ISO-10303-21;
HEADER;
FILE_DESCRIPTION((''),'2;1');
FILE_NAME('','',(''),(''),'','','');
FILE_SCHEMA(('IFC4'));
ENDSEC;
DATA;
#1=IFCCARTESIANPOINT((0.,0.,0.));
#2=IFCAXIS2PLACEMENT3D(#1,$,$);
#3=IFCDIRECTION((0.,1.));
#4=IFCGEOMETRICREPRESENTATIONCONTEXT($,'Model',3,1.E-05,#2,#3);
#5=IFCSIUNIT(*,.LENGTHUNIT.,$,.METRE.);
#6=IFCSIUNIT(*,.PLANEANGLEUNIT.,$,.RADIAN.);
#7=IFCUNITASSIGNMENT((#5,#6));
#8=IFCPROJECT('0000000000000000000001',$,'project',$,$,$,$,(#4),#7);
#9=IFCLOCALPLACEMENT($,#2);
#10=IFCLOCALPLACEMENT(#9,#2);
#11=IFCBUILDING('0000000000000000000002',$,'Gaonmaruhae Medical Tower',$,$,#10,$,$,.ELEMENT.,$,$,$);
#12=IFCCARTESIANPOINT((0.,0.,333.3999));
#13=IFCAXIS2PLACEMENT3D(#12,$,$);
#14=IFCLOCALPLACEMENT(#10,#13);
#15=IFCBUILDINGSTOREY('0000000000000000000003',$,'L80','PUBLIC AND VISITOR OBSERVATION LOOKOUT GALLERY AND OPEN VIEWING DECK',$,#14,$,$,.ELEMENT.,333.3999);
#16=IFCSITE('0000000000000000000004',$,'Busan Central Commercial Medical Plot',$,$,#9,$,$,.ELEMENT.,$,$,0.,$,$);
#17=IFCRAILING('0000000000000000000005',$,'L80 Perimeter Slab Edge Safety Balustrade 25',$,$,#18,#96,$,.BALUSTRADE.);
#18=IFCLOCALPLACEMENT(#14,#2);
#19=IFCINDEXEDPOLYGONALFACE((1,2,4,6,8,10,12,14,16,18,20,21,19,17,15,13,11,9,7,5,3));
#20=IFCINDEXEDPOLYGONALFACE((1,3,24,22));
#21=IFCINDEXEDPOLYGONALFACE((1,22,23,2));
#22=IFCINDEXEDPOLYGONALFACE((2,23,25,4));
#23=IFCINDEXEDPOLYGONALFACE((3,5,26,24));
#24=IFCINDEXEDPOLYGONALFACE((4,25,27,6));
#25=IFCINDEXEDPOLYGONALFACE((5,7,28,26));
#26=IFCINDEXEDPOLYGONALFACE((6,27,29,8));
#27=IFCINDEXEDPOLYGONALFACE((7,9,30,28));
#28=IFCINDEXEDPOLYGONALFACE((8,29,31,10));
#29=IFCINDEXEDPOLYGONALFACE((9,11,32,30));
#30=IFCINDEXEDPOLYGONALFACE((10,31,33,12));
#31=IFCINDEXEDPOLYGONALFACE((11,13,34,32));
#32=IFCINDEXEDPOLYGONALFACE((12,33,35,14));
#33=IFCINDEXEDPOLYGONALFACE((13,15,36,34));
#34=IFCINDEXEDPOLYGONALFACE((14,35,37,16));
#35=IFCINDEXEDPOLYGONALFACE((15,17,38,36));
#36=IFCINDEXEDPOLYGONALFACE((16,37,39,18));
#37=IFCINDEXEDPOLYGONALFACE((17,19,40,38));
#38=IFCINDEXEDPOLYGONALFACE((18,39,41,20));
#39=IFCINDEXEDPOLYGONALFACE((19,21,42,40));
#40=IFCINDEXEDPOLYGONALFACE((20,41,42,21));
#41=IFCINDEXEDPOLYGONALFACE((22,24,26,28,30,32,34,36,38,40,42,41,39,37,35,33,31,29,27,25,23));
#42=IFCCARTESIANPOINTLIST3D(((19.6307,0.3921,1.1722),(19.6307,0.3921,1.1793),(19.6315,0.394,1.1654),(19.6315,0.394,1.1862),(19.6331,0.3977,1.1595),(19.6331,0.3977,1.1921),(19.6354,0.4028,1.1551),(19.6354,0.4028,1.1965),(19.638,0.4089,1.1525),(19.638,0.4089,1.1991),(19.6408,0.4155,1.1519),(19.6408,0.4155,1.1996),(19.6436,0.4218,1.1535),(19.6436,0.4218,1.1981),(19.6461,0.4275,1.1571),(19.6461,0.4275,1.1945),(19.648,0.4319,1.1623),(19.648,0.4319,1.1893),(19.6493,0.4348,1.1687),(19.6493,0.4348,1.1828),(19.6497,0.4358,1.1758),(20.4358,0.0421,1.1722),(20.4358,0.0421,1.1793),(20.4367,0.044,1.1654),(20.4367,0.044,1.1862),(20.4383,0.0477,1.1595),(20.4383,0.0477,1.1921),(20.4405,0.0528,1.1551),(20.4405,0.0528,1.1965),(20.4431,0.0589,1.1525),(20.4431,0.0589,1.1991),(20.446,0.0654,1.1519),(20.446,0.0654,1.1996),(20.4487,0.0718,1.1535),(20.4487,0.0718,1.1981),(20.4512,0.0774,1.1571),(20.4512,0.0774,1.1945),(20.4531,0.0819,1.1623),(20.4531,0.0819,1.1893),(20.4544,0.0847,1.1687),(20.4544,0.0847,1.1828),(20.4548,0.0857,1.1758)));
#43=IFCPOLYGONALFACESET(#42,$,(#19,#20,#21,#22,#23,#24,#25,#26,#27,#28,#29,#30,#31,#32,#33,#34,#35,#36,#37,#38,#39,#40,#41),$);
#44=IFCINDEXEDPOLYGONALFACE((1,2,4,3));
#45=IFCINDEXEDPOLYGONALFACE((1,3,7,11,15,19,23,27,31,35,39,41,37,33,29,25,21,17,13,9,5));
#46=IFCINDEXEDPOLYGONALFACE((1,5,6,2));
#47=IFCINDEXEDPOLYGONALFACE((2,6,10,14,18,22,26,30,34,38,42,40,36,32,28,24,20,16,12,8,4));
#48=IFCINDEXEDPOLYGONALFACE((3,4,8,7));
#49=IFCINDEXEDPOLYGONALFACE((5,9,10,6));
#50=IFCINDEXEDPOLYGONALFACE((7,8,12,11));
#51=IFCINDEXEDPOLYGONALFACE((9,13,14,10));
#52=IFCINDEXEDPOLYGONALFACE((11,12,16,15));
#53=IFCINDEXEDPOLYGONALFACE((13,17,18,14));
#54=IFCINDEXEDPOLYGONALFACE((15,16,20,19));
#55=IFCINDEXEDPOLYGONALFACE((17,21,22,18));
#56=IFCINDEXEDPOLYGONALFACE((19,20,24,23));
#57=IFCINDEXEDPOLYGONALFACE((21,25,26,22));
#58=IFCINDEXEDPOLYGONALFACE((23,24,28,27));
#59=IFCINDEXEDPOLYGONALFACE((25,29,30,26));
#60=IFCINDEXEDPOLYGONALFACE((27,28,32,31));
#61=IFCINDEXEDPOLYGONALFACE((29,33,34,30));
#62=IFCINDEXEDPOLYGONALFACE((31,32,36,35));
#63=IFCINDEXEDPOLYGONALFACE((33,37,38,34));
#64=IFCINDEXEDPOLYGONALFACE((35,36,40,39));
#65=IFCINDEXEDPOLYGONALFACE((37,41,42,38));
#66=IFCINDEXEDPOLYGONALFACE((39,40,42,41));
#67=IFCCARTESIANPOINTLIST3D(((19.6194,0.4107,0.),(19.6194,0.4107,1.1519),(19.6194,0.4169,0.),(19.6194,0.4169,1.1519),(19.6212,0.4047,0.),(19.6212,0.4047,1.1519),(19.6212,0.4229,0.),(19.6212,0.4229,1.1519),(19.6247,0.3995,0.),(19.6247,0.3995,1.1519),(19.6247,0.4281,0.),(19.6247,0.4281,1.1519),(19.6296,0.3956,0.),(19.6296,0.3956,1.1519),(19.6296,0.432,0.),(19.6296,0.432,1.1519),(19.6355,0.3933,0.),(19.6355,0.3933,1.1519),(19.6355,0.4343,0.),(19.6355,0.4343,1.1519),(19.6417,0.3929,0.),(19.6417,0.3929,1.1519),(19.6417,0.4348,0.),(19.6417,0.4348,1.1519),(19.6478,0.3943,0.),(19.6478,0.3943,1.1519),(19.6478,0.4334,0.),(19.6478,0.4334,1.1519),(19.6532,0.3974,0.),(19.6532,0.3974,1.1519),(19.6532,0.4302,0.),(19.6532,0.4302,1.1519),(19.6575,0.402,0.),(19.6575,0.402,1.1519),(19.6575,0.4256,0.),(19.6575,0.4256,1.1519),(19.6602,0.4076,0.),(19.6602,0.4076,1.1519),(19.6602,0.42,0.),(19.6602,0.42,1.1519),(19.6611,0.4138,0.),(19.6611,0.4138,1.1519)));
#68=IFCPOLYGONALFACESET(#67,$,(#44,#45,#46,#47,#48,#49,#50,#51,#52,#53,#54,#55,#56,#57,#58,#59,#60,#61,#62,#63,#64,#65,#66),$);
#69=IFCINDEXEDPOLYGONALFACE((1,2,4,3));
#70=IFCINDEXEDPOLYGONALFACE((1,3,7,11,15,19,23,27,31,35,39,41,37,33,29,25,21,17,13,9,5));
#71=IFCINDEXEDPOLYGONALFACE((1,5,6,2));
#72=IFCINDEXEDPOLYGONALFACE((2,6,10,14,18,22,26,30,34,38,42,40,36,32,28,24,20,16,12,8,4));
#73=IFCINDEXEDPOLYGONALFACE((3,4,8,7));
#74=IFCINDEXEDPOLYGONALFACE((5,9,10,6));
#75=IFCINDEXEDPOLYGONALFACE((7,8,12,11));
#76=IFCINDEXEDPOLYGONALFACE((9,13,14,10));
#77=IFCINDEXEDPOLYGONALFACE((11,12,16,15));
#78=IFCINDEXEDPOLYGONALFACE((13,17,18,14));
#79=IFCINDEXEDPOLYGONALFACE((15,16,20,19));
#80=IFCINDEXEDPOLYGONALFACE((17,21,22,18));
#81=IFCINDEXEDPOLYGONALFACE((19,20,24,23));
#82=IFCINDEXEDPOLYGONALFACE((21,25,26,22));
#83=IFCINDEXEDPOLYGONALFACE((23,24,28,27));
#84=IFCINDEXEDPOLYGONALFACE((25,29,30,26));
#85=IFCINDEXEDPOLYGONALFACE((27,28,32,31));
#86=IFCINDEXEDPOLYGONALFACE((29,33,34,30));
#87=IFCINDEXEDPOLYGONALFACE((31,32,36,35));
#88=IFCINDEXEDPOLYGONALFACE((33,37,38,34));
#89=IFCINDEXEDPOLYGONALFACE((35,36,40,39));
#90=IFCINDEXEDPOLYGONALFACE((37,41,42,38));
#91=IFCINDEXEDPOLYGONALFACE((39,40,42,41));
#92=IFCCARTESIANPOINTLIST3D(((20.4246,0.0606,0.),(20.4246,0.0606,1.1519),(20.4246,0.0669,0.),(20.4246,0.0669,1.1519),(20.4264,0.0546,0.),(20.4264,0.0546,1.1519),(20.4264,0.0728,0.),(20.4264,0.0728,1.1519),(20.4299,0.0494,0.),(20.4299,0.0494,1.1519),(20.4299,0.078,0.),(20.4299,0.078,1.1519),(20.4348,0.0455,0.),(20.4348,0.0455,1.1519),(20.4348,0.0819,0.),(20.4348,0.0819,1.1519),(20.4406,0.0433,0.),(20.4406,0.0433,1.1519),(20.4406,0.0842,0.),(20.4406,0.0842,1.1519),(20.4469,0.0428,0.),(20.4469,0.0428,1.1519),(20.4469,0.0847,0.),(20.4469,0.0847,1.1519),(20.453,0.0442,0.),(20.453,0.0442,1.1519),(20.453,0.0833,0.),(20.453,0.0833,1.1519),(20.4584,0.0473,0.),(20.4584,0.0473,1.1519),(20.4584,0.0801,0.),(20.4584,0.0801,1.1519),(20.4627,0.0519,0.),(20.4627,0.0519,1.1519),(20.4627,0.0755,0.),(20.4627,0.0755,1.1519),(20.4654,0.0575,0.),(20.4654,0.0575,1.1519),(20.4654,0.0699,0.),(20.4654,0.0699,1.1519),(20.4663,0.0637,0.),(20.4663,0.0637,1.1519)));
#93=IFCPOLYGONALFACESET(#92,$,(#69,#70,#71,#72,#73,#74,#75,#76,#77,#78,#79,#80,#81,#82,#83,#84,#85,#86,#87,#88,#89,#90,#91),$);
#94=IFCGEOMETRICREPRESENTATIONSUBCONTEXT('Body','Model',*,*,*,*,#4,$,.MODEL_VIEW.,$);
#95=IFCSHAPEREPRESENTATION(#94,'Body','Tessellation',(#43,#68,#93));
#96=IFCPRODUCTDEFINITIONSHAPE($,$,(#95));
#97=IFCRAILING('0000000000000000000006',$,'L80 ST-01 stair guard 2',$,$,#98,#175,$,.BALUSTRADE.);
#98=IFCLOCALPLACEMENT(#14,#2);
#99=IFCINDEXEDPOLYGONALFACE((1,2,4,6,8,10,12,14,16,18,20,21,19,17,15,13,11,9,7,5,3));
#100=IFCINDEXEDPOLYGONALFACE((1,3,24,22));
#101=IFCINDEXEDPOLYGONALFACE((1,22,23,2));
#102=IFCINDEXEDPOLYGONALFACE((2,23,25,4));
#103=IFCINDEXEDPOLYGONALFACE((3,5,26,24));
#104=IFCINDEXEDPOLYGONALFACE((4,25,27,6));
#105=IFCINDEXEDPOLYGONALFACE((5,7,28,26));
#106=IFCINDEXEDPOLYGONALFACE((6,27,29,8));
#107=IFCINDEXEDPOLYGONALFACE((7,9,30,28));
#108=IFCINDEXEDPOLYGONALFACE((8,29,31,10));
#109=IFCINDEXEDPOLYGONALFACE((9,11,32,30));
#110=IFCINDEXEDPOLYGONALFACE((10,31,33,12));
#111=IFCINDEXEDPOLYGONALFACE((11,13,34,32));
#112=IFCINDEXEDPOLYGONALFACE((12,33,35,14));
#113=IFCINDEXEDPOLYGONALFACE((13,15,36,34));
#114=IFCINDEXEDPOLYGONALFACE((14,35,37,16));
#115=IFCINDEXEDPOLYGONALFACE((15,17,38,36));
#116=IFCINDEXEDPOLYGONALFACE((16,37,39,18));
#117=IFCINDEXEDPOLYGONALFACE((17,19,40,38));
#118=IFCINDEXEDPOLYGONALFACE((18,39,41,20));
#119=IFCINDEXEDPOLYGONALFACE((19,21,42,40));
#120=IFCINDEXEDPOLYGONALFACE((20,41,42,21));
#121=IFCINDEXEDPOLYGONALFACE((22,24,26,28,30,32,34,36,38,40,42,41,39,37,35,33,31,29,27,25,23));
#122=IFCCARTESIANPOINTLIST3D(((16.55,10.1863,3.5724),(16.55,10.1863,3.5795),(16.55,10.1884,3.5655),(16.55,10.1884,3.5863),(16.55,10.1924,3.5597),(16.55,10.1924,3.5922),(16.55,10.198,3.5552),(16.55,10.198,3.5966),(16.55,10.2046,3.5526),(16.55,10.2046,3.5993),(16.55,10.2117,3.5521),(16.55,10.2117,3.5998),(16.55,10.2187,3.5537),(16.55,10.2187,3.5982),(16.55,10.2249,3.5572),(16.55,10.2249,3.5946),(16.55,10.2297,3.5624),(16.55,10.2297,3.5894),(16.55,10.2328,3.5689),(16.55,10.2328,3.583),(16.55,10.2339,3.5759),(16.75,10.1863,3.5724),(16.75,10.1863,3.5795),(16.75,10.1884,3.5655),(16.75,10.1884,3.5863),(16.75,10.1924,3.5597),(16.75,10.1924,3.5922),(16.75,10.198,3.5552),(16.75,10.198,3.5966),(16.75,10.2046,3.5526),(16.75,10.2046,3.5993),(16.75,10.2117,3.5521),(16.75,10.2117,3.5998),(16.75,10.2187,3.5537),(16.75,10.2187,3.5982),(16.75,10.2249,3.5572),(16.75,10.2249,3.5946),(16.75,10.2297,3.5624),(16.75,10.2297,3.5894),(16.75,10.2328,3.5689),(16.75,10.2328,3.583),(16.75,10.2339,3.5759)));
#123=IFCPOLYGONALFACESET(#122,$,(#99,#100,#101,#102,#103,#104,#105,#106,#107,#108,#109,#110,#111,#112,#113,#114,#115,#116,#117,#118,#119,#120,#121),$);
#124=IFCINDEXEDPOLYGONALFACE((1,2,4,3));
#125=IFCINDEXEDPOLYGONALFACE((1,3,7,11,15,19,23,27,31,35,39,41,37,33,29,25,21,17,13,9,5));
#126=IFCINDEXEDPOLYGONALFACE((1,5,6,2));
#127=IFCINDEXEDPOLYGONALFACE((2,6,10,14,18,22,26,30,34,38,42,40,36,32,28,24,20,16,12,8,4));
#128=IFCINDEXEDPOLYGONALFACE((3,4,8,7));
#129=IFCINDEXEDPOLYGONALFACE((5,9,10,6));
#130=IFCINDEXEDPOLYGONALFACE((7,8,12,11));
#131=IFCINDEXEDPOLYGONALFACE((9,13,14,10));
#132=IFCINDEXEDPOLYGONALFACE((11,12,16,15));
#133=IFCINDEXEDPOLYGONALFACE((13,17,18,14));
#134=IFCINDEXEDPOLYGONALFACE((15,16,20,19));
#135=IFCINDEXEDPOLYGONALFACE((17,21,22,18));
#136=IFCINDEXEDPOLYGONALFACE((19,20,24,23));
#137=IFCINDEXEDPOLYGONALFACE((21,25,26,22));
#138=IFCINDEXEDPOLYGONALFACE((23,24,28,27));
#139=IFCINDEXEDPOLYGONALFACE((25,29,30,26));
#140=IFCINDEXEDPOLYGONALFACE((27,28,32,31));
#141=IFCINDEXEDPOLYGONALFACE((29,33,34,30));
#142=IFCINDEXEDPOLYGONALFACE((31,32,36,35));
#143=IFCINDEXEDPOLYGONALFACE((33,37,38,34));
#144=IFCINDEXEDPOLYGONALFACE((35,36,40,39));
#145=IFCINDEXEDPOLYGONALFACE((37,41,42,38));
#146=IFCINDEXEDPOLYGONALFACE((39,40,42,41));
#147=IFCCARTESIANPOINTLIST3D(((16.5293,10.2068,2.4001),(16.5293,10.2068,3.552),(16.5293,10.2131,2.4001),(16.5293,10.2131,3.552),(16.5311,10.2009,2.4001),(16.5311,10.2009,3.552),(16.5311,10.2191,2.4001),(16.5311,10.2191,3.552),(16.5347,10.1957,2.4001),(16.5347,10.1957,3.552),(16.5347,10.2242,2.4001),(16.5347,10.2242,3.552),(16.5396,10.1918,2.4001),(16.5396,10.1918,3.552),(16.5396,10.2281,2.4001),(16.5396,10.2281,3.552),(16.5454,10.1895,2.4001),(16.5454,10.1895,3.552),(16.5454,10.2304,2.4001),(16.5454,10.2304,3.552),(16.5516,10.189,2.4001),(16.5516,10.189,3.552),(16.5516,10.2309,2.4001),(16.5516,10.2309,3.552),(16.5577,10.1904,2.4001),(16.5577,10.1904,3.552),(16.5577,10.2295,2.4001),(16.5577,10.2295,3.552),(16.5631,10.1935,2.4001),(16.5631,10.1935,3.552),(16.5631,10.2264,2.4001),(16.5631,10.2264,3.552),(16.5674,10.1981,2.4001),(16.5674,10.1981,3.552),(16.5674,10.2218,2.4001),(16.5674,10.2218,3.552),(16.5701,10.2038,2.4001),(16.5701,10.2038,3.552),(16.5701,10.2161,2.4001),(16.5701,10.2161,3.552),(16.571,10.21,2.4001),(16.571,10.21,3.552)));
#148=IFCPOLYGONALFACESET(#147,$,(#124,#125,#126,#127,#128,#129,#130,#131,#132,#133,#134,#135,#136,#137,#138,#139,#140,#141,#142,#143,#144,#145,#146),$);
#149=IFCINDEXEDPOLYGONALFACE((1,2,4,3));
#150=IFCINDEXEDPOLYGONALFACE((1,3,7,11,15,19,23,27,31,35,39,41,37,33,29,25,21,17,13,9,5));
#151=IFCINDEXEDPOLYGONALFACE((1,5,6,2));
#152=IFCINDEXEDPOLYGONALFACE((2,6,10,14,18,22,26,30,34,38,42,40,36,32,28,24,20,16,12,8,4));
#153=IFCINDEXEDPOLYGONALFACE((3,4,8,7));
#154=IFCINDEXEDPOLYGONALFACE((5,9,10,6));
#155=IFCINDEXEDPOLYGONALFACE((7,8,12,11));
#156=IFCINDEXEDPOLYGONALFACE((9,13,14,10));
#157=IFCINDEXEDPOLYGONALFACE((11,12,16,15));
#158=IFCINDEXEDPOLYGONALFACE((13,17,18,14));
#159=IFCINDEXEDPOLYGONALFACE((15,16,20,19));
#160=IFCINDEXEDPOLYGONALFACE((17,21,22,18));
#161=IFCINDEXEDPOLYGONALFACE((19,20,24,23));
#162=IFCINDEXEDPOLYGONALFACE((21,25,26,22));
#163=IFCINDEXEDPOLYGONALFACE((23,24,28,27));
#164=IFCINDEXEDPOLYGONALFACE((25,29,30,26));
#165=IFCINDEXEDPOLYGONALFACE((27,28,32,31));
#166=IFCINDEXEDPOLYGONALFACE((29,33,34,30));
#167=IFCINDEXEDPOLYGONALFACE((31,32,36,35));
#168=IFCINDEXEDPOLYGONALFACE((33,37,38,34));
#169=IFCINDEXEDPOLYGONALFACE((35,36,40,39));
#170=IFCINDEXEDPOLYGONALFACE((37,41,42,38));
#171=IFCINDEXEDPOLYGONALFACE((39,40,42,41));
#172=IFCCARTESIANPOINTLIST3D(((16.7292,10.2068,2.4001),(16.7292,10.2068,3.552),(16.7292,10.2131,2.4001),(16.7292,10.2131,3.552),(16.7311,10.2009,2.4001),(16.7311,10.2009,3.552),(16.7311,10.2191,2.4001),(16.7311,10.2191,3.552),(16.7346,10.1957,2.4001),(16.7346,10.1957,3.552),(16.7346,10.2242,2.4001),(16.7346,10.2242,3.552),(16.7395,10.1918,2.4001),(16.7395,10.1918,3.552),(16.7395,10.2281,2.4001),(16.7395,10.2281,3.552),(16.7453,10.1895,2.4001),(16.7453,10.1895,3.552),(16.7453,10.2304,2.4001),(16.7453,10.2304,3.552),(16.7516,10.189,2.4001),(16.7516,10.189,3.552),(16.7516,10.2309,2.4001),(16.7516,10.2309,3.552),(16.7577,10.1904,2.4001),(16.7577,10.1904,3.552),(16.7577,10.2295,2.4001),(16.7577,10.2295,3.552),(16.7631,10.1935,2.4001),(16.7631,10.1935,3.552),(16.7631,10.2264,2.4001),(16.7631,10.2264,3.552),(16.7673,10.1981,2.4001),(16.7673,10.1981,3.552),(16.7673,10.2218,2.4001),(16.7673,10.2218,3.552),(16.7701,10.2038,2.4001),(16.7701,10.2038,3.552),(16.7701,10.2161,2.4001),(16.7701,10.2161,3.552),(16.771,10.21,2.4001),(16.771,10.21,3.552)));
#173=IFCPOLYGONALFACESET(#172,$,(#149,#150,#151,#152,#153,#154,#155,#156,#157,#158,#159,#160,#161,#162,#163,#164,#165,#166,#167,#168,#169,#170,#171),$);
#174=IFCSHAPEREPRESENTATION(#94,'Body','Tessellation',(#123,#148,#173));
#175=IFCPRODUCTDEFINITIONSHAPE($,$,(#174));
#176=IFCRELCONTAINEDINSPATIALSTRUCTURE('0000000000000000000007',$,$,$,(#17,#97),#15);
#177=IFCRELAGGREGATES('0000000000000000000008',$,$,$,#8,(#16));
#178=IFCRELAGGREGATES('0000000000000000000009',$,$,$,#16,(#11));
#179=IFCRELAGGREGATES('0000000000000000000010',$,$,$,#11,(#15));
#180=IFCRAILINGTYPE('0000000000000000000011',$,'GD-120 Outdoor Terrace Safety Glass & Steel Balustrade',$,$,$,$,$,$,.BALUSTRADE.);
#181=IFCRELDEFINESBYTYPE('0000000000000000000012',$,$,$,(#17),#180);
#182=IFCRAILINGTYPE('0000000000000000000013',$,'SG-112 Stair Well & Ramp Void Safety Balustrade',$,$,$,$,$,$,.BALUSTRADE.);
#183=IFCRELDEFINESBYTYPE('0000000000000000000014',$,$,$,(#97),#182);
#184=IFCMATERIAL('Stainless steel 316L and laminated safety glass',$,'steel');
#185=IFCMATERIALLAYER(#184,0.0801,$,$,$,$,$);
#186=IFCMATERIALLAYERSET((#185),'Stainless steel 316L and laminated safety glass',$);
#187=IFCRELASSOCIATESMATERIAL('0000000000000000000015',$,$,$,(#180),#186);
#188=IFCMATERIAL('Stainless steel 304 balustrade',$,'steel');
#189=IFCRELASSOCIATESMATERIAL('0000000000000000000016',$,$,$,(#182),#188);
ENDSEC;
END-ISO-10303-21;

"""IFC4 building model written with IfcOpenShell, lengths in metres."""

from ifc_helpers import new_model, si_unit, direction, frame, origin, origin_2d, place, context, subcontext, project, spatial, circle, extrude, material, layer, layer_set, type_object, element, save


model = new_model("IFC4")

# Units and contexts
model_context = context("Model", 3, precision=1e-05, world=origin(), true_north=direction((0.0, 1.0)))
body_context = subcontext(model_context, "Body", "Model", "MODEL_VIEW")
ifc_project = project(units=[si_unit("LENGTHUNIT", "METRE"), si_unit("PLANEANGLEUNIT", "RADIAN")], contexts=[model_context])

# Site, building, storey
site_placement = place(None, origin())
site = spatial("IfcSite", under=ifc_project, at=site_placement, Name="Busan Central Commercial Medical Plot", CompositionType="ELEMENT", RefElevation=0.0)
building_placement = place(site_placement, origin())
building = spatial("IfcBuilding", under=site, at=building_placement, Name="Gaonmaruhae Medical Tower", CompositionType="ELEMENT")
storey_placement = place(building_placement, frame((0.0, 0.0, 333.3999)))
storey = spatial("IfcBuildingStorey", under=building, at=storey_placement, Name="L80", Description="PUBLIC AND VISITOR OBSERVATION LOOKOUT GALLERY AND OPEN VIEWING DECK", CompositionType="ELEMENT", Elevation=333.3999)

# Railings
ifc_material_1 = material(Name="Stainless steel 316L and laminated safety glass", Category="steel")
ifc_layer_1 = layer(ifc_material_1, 0.0801)
ifc_layer_set_1 = layer_set([ifc_layer_1], Name="Stainless steel 316L and laminated safety glass")
railing_type_1 = type_object("IfcRailingType", Name="GD-120 Outdoor Terrace Safety Glass & Steel Balustrade", PredefinedType="BALUSTRADE", material=ifc_layer_set_1)
for number, where, name in (
    (1, (19.6401, 0.4138, 0.0), "L80 Perimeter Slab Edge Safety Balustrade 25"),
):
    element("IfcRailing", number, at=place(storey_placement, frame(where)), inside=storey, type_object=railing_type_1, Name=name, PredefinedType="BALUSTRADE", context=body_context, shape_type="SweptSolid", body=[
        extrude(circle(Radius=0.0239, at=origin_2d()), frame((0.0, 0.0, 1.1758), z_axis=(0.917061, -0.398746, 0.0), x_axis=(0.398746, 0.917061, 0.0)), (0.0, 0.0, 1.0), 0.8779),
        extrude(circle(Radius=0.021, at=origin_2d()), origin(), (0.0, 0.0, 1.0), 1.1519),
        extrude(circle(Radius=0.021, at=origin_2d()), frame((0.8052, -0.3501, 0.0)), (0.0, 0.0, 1.0), 1.1519),
    ])
ifc_material_2 = material(Name="Stainless steel 304 balustrade", Category="steel")
railing_type_2 = type_object("IfcRailingType", Name="SG-112 Stair Well & Ramp Void Safety Balustrade", PredefinedType="BALUSTRADE", material=ifc_material_2)
railing_placement = place(storey_placement, frame((16.55, 10.21, 2.4001)))
element("IfcRailing", 2, at=railing_placement, inside=storey, type_object=railing_type_2, Name="L80 ST-01 stair guard 2", PredefinedType="BALUSTRADE", context=body_context, shape_type="SweptSolid", body=[
    extrude(circle(Radius=0.0239, at=origin_2d()), frame((0.0, 0.0, 1.1758), z_axis=(1.0, 0.0, 0.0), x_axis=(0.0, 1.0, 0.0)), (0.0, 0.0, 1.0), 0.2),
    extrude(circle(Radius=0.021, at=origin_2d()), origin(), (0.0, 0.0, 1.0), 1.1519),
    extrude(circle(Radius=0.021, at=origin_2d()), frame((0.2, 0.0, 0.0)), (0.0, 0.0, 1.0), 1.1519),
])

save(model, "model.ifc")
